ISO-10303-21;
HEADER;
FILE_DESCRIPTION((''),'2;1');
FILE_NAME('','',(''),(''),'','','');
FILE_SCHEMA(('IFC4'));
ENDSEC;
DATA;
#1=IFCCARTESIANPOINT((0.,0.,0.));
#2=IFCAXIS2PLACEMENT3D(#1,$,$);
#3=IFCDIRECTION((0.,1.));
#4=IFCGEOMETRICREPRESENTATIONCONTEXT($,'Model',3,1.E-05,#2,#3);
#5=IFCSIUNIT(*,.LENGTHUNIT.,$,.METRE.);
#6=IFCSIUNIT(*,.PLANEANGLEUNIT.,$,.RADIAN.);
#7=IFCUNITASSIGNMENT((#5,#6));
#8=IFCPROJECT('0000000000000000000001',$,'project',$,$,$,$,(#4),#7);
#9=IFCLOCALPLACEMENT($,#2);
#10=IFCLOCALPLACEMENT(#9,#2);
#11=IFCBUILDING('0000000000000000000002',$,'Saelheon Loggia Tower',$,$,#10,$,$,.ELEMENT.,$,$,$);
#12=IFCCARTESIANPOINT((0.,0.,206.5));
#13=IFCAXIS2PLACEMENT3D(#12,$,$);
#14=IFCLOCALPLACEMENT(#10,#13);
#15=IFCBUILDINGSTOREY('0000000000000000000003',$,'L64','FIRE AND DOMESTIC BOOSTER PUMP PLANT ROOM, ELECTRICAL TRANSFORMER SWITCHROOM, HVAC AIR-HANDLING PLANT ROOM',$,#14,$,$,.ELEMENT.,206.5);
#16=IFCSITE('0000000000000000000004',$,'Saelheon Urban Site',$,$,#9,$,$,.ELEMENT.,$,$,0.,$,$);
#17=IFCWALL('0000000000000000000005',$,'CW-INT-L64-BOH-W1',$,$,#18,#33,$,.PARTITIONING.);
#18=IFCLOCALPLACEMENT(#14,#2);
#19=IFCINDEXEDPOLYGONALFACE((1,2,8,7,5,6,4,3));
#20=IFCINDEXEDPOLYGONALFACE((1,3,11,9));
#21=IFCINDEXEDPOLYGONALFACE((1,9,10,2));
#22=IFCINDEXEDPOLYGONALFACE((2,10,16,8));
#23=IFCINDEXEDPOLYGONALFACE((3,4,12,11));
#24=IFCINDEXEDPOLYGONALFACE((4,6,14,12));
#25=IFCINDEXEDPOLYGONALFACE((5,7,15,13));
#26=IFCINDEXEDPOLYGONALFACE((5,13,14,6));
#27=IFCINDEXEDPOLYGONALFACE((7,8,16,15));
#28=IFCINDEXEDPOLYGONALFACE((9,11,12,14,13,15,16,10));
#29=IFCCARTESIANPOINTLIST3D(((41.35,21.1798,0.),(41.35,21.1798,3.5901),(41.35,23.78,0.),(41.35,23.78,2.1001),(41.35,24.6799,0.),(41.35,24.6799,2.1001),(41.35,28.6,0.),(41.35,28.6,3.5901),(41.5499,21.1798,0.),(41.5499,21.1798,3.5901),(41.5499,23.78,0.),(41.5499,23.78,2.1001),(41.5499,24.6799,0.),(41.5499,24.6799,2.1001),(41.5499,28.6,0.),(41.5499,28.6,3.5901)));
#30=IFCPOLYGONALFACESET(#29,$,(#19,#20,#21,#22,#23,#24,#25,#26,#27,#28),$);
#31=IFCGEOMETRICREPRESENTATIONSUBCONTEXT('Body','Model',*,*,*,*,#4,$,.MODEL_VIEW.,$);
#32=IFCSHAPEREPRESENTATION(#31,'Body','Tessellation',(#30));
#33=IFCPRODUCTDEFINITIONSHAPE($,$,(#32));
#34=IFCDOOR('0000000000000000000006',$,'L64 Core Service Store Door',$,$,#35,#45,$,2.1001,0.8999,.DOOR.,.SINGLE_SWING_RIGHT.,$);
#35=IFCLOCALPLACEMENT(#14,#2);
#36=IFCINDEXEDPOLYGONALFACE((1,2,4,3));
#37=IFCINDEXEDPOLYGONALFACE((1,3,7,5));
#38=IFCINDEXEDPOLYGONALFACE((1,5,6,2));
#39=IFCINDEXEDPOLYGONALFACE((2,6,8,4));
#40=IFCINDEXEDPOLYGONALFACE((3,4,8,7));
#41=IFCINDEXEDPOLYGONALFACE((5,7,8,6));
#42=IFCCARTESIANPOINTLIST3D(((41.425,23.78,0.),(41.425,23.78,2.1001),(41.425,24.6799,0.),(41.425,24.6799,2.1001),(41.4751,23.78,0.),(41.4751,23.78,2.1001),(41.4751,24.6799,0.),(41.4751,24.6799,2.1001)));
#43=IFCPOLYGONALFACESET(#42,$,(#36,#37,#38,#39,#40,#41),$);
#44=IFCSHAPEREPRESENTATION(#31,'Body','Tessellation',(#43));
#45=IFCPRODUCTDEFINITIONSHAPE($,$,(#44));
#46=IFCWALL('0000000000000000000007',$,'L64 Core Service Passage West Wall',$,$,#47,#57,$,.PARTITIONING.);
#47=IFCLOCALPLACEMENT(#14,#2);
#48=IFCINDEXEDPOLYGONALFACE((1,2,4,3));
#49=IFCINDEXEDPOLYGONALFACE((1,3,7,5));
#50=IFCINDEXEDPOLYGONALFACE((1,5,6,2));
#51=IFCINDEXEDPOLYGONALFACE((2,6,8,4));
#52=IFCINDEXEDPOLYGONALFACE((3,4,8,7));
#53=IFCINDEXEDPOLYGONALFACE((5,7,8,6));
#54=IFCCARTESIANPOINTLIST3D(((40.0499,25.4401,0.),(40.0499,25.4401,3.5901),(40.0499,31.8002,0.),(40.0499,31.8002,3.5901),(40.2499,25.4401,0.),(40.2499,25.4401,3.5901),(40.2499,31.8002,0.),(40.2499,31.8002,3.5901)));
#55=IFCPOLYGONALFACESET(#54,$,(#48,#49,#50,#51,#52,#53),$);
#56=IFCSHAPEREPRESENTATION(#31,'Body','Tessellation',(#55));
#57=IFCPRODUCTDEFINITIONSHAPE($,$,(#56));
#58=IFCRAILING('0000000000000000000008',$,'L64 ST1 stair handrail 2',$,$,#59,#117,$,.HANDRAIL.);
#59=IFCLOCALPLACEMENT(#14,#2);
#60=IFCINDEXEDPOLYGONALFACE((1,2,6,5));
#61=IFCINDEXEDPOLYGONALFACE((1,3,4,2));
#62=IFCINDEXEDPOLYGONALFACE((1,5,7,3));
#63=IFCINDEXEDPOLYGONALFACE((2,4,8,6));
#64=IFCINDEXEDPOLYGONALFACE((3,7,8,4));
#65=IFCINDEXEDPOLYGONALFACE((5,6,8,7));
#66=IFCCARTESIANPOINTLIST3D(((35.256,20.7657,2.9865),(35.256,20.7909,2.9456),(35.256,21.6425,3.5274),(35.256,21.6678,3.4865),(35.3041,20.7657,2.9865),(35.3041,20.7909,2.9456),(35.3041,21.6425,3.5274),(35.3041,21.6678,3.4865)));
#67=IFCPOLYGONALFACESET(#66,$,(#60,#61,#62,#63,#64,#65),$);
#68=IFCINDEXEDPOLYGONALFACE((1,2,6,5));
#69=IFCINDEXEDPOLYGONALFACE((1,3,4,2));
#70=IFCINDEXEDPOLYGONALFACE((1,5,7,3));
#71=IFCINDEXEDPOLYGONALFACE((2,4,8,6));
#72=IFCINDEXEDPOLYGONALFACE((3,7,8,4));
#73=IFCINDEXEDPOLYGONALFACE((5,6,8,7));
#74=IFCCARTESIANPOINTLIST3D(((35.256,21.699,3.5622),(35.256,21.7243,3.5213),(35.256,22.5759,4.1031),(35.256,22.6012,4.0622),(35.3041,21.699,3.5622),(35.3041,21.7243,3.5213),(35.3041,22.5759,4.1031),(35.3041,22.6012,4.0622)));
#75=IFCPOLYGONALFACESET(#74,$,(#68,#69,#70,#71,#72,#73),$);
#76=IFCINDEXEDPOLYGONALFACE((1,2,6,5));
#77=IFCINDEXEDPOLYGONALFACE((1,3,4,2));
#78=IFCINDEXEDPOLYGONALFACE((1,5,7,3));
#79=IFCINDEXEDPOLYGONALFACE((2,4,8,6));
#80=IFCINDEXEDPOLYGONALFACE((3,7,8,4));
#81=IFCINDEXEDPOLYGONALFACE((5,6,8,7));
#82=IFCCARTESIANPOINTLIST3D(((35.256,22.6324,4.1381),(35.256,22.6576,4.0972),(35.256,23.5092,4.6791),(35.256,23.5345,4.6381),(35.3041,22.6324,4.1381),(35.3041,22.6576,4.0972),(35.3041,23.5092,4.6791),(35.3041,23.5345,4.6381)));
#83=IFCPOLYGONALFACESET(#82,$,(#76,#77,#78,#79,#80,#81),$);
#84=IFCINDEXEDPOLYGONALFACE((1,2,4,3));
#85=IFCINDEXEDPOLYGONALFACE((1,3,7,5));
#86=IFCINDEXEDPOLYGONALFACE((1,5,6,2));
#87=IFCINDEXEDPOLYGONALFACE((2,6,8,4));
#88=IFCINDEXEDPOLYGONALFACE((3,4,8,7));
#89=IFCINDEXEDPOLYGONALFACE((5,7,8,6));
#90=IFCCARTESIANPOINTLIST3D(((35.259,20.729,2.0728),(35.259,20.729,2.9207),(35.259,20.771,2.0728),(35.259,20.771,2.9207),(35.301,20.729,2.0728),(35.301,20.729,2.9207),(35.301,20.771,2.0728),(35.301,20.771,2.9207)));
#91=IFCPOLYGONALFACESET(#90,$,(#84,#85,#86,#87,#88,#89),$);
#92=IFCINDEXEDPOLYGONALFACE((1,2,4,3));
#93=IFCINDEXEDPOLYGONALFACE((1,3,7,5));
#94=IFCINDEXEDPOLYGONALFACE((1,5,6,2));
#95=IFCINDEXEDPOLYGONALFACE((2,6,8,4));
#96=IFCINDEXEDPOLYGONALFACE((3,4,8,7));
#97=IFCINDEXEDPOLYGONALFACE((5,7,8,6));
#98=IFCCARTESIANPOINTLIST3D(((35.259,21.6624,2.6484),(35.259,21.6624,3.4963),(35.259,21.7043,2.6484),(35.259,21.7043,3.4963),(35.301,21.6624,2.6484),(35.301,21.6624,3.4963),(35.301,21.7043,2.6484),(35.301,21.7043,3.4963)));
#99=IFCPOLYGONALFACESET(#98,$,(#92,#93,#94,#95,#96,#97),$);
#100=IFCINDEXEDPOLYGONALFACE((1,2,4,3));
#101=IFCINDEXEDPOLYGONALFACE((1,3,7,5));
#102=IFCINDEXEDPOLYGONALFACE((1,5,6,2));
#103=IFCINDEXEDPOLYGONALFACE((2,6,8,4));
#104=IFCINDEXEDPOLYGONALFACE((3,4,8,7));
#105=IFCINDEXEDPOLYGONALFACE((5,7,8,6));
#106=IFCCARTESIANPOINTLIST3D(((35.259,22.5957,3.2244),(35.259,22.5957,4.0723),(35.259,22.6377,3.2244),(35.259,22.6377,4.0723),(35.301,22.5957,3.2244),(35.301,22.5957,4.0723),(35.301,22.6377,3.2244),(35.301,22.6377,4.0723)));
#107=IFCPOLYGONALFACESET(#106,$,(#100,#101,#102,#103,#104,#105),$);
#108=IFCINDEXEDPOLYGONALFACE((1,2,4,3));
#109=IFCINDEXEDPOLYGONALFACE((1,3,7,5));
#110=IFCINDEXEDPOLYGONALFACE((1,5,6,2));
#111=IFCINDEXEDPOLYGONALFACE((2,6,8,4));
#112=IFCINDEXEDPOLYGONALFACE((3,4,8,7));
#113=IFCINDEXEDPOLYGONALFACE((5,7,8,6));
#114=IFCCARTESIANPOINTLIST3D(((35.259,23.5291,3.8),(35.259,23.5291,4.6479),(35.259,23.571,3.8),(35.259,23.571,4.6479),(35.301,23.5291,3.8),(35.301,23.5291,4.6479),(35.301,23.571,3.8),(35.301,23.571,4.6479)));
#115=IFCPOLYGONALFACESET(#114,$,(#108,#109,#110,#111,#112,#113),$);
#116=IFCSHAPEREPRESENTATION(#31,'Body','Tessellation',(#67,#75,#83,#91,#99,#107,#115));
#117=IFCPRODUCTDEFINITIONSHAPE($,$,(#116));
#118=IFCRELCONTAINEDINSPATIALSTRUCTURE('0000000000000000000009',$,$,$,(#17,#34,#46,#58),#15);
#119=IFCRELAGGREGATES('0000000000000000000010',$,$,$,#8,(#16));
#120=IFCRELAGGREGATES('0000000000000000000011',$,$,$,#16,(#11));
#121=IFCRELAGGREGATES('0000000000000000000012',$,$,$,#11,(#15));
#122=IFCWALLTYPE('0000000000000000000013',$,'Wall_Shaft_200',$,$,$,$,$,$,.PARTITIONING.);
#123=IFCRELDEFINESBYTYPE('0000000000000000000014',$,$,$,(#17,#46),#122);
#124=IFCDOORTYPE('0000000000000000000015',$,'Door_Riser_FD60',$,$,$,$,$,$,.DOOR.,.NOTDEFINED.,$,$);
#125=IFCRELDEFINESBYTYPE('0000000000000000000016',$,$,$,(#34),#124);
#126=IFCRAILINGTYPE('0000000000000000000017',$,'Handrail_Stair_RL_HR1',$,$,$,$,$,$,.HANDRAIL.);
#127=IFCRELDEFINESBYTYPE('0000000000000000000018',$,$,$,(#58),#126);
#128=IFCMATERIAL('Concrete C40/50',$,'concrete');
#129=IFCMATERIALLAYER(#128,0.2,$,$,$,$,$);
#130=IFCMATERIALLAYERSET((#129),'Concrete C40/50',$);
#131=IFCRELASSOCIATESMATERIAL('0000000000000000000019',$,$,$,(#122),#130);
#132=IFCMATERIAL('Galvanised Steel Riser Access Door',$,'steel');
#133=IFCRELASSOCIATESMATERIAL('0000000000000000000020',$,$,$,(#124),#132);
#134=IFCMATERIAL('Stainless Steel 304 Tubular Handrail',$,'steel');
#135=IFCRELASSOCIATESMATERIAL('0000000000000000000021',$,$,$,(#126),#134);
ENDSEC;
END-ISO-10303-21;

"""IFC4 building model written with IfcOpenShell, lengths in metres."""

from ifc_helpers import new_model, si_unit, direction, frame, frame_2d, origin, origin_2d, place, context, subcontext, project, spatial, rectangle, extrude, source, transform, mapped, material, layer, layer_set, type_object, element, fill, save


model = new_model("IFC4")

# Units and contexts
model_context = context("Model", 3, precision=1e-05, world=origin(), true_north=direction((0.0, 1.0)))
body_context = subcontext(model_context, "Body", "Model", "MODEL_VIEW")
ifc_project = project(units=[si_unit("LENGTHUNIT", "METRE"), si_unit("PLANEANGLEUNIT", "RADIAN")], contexts=[model_context])

# Site, building, storey
site_placement = place(None, origin())
site = spatial("IfcSite", under=ifc_project, at=site_placement, Name="Saelheon Urban Site", CompositionType="ELEMENT", RefElevation=0.0)
building_placement = place(site_placement, origin())
building = spatial("IfcBuilding", under=site, at=building_placement, Name="Saelheon Loggia Tower", CompositionType="ELEMENT")
storey_placement = place(building_placement, frame((0.0, 0.0, 206.5)))
storey = spatial("IfcBuildingStorey", under=building, at=storey_placement, Name="L64", Description="FIRE AND DOMESTIC BOOSTER PUMP PLANT ROOM, ELECTRICAL TRANSFORMER SWITCHROOM, HVAC AIR-HANDLING PLANT ROOM", CompositionType="ELEMENT", Elevation=206.5)

# Wall, opening, door
ifc_material_1 = material(Name="Concrete C40/50", Category="concrete")
ifc_layer = layer(ifc_material_1, 0.2)
ifc_layer_set = layer_set([ifc_layer], Name="Concrete C40/50")
wall_type = type_object("IfcWallType", Name="Wall_Shaft_200", PredefinedType="PARTITIONING", material=ifc_layer_set)
wall_1_placement = place(storey_placement, frame((41.45, 21.1799, 0.0), z_axis=(0.0, 0.0, 1.0), x_axis=(0.0, 1.0, 0.0)))
wall_1 = element("IfcWall", 1, at=wall_1_placement, inside=storey, type_object=wall_type, Name="CW-INT-L64-BOH-W1", PredefinedType="PARTITIONING", context=body_context, shape_type="SweptSolid", body=[
    extrude(rectangle(XDim=7.4202, YDim=0.2, at=frame_2d((3.71, 0.0))), origin(), (0.0, 0.0, 1.0), 3.5901),
])
opening_1_placement = place(wall_1_placement, frame((2.6001, 0.0, 0.0)))
opening_1 = element("IfcOpeningElement", 2, at=opening_1_placement, cuts=wall_1, PredefinedType="OPENING", context=body_context, shape_type="SweptSolid", body=[
    extrude(rectangle(XDim=0.8999, YDim=2.1001, at=frame_2d((0.45, 1.05))), frame((0.0, 0.1121, 0.0), z_axis=(0.0, -1.0, 0.0), x_axis=(1.0, 0.0, 0.0)), (0.0, 0.0, 1.0), 0.2239),
])
ifc_material_2 = material(Name="Galvanised Steel Riser Access Door", Category="steel")
door_type_1 = type_object("IfcDoorType", Name="Door_Riser_FD60", OperationType="NOTDEFINED", PredefinedType="DOOR", material=ifc_material_2)
shared_shape_1 = source(origin(), body_context, "Body", "SweptSolid", [
    extrude(rectangle(XDim=0.8999, YDim=2.1001, at=frame_2d((0.45, 1.05))), frame((0.0, 0.0249, 0.0), z_axis=(0.0, -1.0, 0.0), x_axis=(1.0, 0.0, 0.0)), (0.0, 0.0, 1.0), 0.05),
])
door_1_placement = place(opening_1_placement, origin())
door_1 = element("IfcDoor", 3, at=door_1_placement, inside=storey, type_object=door_type_1, Name="L64 Core Service Store Door", OperationType="SINGLE_SWING_RIGHT", OverallHeight=2.1001, OverallWidth=0.8999, PredefinedType="DOOR", context=body_context, shape_type="MappedRepresentation", body=[
    mapped(shared_shape_1, transform((0.0, 0.0, 0.0), scale=1.0)),
])
fill(opening_1, door_1)

# Wall
wall_2_placement = place(storey_placement, frame((40.1499, 25.4399, 0.0), z_axis=(0.0, 0.0, 1.0), x_axis=(0.0, 1.0, 0.0)))
element("IfcWall", 4, at=wall_2_placement, inside=storey, type_object=wall_type, Name="L64 Core Service Passage West Wall", PredefinedType="PARTITIONING", context=body_context, shape_type="SweptSolid", body=[
    extrude(rectangle(XDim=6.3601, YDim=0.2, at=frame_2d((3.1802, 0.0))), origin(), (0.0, 0.0, 1.0), 3.5901),
])

# Railing
ifc_material_3 = material(Name="Stainless Steel 304 Tubular Handrail", Category="steel")
railing_type = type_object("IfcRailingType", Name="Handrail_Stair_RL_HR1", PredefinedType="HANDRAIL", material=ifc_material_3)
railing_placement = place(storey_placement, frame((35.28, 20.75, 2.0728)))
element("IfcRailing", 5, at=railing_placement, inside=storey, type_object=railing_type, Name="L64 ST1 stair handrail 2", PredefinedType="HANDRAIL", context=body_context, shape_type="SweptSolid", body=[
    extrude(rectangle(XDim=0.0481, YDim=0.0481, at=origin_2d()), frame((0.0, 0.0283, 0.8933), z_axis=(0.0, 0.85109, 0.52502), x_axis=(-1.0, 0.0, 0.0)), (0.0, 0.0, 1.0), 1.0303),
    extrude(rectangle(XDim=0.0481, YDim=0.0481, at=origin_2d()), frame((0.0, 0.9617, 1.469), z_axis=(0.0, 0.85109, 0.52502), x_axis=(-1.0, 0.0, 0.0)), (0.0, 0.0, 1.0), 1.0303),
    extrude(rectangle(XDim=0.0481, YDim=0.0481, at=origin_2d()), frame((0.0, 1.895, 2.0449), z_axis=(0.0, 0.85109, 0.52502), x_axis=(-1.0, 0.0, 0.0)), (0.0, 0.0, 1.0), 1.0303),
    extrude(rectangle(XDim=0.042, YDim=0.042, at=origin_2d()), origin(), (0.0, 0.0, 1.0), 0.8479),
    extrude(rectangle(XDim=0.042, YDim=0.042, at=origin_2d()), frame((0.0, 0.9333, 0.5757)), (0.0, 0.0, 1.0), 0.8479),
    extrude(rectangle(XDim=0.042, YDim=0.042, at=origin_2d()), frame((0.0, 1.8667, 1.1516)), (0.0, 0.0, 1.0), 0.8479),
    extrude(rectangle(XDim=0.042, YDim=0.042, at=origin_2d()), frame((0.0, 2.8, 1.7273)), (0.0, 0.0, 1.0), 0.8479),
])

save(model, "model.ifc")
